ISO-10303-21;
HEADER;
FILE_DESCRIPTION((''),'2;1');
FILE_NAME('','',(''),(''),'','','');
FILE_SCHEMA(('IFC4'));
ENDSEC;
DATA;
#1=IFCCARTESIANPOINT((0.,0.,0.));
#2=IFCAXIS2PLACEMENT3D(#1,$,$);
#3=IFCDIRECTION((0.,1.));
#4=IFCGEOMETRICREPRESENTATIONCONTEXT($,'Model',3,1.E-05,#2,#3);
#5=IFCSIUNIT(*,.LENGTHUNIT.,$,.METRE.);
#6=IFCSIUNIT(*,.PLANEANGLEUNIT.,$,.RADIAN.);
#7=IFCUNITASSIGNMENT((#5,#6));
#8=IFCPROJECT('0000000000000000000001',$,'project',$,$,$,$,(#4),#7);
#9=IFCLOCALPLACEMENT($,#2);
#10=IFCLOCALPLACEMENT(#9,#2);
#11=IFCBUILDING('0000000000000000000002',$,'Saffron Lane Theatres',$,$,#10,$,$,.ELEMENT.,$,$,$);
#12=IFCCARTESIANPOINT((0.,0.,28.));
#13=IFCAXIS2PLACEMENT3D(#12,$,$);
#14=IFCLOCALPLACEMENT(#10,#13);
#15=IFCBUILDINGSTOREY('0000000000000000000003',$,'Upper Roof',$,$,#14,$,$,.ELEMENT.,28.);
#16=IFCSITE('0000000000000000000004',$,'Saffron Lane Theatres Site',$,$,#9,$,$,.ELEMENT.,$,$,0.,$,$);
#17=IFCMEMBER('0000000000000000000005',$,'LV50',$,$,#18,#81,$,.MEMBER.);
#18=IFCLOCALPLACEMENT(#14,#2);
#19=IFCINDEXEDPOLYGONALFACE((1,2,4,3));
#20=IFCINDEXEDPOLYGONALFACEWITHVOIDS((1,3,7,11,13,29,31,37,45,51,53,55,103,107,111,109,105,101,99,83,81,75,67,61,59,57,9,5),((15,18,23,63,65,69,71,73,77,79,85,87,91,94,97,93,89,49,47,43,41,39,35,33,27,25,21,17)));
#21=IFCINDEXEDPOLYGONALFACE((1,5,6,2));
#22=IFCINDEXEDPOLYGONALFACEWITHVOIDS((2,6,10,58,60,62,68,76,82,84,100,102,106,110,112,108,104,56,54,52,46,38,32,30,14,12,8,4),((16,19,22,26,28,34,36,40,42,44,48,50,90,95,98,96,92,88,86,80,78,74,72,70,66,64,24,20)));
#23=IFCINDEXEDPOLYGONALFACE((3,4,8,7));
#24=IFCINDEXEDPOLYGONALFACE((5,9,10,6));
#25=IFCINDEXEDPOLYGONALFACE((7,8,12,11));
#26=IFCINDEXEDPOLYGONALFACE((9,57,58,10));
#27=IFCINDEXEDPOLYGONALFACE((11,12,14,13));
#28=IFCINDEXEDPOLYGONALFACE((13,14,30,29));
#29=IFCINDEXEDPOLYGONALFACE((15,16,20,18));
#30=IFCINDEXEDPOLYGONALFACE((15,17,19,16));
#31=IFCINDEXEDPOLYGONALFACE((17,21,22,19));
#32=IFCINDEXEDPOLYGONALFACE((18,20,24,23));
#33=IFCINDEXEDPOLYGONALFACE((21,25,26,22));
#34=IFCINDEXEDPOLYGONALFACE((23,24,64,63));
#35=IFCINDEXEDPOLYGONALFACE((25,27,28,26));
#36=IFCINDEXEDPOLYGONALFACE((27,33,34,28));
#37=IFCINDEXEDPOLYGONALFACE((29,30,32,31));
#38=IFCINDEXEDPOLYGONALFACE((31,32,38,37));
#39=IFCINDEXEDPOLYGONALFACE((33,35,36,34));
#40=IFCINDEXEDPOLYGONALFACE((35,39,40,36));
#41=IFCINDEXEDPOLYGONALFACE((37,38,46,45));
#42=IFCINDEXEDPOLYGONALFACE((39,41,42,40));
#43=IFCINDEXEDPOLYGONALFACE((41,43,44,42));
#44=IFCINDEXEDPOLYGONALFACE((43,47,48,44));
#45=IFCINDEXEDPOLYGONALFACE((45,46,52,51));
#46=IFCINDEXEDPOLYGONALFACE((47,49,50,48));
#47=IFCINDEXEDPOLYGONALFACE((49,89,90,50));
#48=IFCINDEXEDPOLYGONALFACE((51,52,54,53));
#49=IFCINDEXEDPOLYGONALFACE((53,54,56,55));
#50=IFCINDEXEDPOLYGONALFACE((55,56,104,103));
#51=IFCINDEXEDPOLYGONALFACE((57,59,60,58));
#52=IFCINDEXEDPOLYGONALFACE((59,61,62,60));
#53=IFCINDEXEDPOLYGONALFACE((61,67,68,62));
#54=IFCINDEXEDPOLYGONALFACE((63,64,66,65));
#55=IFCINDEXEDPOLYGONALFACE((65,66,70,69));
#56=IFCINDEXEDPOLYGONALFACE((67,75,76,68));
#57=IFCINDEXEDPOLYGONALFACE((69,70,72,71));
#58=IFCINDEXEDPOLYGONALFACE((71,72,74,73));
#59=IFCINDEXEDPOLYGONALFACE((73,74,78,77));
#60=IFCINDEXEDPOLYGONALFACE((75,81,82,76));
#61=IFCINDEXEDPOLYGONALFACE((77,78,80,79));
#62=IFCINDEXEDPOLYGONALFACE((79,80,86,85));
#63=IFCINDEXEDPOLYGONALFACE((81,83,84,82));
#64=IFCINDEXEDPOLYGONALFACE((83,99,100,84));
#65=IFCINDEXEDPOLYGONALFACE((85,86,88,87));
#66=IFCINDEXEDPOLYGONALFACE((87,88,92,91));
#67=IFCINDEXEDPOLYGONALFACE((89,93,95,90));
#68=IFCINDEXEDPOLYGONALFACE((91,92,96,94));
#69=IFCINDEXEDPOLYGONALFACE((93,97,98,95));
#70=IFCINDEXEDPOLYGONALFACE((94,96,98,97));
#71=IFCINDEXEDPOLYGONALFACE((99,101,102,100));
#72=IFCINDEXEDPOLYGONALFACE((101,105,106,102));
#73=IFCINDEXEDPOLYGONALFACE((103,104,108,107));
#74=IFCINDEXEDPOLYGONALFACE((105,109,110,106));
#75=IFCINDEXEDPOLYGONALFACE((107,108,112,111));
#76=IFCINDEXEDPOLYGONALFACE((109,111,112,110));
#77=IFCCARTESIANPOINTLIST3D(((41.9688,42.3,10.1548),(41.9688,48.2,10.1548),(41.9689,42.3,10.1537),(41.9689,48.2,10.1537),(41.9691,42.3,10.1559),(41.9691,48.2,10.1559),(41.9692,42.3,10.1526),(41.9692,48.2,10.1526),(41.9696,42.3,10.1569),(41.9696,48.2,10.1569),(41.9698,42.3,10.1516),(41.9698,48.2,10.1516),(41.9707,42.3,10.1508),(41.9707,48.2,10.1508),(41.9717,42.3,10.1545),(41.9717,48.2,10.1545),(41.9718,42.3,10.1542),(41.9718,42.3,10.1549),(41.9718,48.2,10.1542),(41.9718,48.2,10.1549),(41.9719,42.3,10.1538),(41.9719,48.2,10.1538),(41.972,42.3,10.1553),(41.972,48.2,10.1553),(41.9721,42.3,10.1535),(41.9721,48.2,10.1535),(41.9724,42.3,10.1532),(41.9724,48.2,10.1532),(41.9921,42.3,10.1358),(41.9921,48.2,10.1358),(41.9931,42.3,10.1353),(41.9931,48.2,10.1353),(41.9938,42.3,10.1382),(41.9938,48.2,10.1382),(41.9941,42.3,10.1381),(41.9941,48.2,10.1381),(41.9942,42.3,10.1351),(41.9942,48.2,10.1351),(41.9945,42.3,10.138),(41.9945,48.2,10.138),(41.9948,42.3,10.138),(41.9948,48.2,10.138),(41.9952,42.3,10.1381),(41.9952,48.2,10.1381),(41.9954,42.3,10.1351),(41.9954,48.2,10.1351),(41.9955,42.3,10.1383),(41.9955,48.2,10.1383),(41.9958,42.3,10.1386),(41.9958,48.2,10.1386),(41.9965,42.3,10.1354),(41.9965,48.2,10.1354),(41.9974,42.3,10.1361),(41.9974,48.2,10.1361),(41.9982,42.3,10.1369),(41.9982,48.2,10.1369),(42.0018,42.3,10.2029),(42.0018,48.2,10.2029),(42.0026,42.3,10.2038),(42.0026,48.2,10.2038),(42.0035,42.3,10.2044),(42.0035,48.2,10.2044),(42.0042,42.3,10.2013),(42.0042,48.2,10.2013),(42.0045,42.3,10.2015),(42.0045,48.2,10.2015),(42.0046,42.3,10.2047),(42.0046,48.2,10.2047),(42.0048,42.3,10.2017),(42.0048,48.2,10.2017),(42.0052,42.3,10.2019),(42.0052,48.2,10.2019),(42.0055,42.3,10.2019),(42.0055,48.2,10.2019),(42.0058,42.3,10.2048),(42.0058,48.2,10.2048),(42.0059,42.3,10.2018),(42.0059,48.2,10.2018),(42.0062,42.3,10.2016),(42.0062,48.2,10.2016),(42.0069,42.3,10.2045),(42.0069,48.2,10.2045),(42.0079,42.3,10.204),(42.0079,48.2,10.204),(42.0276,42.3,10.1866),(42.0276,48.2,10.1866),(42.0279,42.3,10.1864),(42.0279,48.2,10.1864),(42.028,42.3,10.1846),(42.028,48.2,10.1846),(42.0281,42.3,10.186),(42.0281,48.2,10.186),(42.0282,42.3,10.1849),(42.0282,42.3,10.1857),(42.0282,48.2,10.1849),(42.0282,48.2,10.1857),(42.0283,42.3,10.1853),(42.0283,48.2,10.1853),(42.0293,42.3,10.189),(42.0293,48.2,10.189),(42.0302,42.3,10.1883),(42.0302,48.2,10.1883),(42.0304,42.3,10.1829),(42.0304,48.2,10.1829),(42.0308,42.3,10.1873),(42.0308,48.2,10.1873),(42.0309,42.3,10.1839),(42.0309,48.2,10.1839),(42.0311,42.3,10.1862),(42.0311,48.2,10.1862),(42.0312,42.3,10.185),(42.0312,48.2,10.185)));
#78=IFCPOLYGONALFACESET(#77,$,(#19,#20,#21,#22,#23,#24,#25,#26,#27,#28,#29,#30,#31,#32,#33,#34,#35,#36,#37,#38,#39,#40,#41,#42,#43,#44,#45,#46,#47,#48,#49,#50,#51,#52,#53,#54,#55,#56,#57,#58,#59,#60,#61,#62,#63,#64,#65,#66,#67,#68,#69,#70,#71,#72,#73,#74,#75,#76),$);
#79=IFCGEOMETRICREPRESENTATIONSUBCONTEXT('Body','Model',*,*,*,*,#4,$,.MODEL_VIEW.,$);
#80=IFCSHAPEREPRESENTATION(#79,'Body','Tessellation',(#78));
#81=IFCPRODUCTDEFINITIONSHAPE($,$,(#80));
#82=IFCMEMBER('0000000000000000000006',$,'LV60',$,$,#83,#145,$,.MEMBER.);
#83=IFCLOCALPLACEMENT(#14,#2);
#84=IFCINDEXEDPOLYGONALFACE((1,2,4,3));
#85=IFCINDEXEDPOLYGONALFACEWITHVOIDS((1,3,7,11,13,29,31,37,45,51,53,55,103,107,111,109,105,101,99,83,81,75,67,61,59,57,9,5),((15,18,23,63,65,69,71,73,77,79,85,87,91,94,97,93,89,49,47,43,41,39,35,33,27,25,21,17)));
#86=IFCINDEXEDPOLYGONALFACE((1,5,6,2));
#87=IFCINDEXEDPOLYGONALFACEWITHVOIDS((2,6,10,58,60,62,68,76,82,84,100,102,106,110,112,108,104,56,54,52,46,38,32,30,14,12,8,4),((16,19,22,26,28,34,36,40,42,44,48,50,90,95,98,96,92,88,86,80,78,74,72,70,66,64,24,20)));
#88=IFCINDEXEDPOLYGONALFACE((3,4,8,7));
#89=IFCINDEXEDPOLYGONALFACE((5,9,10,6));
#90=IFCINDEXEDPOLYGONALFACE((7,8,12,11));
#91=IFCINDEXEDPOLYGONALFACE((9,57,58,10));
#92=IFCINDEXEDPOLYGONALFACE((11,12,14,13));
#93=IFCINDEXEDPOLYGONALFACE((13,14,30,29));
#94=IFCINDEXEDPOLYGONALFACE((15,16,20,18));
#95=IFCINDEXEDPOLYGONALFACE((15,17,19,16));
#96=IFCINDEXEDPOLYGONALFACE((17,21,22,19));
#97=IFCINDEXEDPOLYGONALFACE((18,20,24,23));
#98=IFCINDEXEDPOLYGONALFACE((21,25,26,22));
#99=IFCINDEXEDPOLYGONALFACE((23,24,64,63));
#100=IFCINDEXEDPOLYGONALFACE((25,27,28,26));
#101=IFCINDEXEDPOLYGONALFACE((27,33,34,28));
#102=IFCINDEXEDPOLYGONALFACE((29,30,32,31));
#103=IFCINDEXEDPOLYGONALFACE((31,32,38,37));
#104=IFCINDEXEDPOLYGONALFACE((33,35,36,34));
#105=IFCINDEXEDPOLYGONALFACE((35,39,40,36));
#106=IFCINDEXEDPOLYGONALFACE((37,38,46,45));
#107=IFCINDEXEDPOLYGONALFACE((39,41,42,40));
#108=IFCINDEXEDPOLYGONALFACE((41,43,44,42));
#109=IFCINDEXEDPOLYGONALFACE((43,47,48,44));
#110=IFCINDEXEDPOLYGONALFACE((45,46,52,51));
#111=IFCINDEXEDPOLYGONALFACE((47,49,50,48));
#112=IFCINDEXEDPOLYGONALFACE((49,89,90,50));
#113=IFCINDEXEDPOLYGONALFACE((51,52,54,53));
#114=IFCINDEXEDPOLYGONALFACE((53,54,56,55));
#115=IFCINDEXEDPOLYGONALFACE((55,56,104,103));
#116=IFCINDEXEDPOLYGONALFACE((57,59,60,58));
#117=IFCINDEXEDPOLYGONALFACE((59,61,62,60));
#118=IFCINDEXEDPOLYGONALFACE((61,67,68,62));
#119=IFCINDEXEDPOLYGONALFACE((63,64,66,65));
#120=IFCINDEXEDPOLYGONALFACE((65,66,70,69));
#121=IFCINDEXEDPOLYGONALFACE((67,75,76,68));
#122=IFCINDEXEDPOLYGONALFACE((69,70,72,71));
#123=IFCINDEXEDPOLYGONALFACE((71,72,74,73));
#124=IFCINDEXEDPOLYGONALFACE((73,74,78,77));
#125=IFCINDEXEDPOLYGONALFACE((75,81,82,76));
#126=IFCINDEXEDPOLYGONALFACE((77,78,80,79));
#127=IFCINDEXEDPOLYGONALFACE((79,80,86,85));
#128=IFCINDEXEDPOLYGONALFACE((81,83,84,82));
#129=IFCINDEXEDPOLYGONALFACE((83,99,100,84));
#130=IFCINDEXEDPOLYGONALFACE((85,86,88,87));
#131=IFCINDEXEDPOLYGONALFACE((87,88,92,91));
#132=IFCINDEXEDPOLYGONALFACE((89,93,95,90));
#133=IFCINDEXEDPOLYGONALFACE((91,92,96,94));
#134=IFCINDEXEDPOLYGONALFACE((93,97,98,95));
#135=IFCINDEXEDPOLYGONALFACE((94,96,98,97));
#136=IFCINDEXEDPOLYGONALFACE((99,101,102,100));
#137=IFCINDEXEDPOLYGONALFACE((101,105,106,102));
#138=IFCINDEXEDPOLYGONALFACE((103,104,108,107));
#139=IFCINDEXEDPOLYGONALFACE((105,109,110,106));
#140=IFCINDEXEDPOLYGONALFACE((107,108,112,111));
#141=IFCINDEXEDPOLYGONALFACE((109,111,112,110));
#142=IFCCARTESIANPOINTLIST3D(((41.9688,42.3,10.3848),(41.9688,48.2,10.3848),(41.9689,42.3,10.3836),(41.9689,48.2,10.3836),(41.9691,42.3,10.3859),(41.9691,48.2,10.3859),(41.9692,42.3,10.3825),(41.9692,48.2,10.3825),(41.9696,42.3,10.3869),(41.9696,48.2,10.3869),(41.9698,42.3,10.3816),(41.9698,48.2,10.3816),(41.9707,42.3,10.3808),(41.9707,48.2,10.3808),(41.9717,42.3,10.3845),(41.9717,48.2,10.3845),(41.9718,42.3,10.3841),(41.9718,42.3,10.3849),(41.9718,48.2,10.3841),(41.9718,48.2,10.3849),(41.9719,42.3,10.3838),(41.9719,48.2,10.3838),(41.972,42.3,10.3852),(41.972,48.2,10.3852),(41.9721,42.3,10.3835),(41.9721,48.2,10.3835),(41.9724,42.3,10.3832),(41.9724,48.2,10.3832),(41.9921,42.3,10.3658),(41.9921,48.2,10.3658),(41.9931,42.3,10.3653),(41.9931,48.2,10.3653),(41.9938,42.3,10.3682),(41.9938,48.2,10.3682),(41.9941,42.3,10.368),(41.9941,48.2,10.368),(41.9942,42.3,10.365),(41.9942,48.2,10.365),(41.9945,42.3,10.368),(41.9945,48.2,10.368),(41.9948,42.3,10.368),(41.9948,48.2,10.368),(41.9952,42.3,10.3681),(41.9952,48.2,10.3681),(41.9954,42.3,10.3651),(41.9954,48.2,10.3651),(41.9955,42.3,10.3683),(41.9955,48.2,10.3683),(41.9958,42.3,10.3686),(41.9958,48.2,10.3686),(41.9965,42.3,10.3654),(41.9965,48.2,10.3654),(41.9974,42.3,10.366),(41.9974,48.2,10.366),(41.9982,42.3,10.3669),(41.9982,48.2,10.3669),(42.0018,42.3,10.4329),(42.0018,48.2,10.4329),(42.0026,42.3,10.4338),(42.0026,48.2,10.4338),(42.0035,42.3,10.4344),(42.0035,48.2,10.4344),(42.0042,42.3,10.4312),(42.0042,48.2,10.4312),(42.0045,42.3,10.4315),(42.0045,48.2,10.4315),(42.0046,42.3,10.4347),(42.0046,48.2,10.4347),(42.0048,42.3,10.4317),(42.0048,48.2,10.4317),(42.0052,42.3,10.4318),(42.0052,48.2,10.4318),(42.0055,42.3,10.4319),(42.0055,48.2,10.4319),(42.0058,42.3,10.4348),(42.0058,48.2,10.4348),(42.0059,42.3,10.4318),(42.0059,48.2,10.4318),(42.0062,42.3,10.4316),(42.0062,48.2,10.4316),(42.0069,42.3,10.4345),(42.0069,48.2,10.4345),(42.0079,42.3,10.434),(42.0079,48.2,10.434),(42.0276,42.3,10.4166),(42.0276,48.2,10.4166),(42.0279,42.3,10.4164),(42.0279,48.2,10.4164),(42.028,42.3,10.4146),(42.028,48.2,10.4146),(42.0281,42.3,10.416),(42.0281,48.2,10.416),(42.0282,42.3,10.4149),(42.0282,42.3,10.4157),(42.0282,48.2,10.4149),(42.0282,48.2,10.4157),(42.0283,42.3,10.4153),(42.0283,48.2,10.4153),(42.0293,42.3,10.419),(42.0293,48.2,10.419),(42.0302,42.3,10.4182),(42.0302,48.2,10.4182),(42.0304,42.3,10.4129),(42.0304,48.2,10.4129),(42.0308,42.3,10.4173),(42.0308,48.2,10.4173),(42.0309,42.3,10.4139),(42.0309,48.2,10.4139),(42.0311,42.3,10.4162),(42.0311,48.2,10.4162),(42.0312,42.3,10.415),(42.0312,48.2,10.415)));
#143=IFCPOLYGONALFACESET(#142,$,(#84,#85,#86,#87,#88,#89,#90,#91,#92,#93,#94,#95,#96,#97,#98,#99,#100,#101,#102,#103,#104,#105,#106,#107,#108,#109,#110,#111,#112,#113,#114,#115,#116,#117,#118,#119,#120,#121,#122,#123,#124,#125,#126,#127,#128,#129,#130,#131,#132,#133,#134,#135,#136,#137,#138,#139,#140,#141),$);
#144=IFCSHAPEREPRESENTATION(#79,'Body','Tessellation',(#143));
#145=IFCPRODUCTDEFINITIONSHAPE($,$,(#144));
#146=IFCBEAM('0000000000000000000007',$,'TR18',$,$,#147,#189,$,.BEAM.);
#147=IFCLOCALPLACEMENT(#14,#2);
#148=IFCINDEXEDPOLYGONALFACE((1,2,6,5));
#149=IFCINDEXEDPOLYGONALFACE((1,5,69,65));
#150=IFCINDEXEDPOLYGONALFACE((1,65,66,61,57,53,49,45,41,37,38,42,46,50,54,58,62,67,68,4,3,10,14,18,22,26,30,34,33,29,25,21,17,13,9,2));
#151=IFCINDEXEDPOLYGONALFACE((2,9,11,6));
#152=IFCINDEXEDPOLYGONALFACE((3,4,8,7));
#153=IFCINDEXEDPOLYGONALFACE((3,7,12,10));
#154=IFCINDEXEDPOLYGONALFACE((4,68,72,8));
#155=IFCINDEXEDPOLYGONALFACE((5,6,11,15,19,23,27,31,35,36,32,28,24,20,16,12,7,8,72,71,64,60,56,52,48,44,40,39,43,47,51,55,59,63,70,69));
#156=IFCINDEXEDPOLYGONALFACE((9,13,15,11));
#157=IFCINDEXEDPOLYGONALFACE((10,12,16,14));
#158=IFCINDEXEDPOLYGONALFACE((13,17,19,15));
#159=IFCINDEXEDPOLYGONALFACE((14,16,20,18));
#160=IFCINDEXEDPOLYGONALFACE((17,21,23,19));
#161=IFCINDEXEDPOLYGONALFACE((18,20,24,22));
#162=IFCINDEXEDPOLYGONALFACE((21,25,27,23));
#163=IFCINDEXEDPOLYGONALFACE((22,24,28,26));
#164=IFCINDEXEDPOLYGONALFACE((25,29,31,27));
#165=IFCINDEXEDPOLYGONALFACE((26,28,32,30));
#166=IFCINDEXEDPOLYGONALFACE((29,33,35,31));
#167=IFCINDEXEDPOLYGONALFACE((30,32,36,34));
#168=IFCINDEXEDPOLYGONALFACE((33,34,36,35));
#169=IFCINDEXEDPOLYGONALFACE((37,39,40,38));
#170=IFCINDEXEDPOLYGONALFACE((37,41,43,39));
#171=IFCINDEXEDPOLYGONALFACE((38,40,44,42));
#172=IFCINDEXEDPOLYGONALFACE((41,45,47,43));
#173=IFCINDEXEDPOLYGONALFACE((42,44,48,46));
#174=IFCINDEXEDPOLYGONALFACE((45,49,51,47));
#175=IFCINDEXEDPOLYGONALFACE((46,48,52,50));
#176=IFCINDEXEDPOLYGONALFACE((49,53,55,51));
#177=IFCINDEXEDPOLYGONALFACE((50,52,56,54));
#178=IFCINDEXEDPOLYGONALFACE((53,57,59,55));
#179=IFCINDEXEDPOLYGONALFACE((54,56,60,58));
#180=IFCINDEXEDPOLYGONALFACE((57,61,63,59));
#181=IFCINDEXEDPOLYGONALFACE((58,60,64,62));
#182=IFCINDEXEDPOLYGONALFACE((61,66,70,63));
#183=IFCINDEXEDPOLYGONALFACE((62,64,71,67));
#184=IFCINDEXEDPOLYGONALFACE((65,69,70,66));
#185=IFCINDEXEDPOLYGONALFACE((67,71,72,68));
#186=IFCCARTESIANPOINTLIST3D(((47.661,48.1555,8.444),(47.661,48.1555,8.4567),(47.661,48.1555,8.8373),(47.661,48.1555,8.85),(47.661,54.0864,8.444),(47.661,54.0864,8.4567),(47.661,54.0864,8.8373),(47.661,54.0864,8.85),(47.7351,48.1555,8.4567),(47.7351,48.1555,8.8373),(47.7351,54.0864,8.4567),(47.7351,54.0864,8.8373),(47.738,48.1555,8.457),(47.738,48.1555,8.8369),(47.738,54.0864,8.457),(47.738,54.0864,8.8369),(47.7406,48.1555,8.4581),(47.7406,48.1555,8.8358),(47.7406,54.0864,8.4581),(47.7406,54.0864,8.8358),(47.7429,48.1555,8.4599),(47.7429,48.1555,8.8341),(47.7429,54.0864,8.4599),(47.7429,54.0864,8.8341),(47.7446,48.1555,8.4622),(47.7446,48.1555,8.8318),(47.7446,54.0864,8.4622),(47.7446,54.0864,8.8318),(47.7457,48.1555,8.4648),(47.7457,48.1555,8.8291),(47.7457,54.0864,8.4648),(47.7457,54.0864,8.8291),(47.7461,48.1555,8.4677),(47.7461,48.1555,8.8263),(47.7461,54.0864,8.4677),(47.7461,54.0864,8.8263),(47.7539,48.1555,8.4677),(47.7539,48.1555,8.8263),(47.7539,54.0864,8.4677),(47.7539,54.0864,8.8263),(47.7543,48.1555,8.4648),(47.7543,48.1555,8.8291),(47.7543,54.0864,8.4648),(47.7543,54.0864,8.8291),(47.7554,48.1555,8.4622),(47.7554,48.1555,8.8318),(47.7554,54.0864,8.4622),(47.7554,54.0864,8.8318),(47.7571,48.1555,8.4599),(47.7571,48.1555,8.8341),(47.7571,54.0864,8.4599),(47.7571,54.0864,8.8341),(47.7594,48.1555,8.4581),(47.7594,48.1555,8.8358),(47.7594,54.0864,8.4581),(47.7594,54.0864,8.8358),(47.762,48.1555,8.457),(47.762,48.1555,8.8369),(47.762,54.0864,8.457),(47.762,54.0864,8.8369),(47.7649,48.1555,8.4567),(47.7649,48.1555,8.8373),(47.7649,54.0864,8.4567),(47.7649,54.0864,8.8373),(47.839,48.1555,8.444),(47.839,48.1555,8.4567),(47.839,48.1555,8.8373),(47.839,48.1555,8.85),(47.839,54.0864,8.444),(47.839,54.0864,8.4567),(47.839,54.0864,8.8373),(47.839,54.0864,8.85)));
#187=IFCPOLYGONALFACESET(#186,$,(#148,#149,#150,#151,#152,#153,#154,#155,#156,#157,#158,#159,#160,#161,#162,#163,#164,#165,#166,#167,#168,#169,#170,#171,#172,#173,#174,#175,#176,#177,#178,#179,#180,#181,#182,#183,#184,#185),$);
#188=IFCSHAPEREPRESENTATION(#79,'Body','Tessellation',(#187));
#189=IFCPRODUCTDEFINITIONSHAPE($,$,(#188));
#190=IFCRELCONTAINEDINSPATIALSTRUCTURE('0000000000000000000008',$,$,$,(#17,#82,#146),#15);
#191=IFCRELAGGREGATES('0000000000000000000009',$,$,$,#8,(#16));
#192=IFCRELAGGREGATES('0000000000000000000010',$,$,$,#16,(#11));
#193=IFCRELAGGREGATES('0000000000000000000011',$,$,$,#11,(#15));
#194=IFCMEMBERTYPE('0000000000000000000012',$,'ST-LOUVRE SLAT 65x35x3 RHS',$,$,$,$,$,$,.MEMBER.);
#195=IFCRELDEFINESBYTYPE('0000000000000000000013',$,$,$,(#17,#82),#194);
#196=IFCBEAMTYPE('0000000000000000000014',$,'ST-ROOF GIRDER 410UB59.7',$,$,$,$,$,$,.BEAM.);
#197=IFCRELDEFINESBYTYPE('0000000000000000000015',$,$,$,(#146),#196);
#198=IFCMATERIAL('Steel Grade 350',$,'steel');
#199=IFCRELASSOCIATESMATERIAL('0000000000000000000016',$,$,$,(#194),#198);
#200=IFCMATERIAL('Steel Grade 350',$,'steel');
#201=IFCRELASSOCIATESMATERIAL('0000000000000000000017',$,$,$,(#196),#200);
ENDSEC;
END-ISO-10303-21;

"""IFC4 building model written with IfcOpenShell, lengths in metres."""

from ifc_helpers import new_model, si_unit, direction, frame, origin, origin_2d, place, context, subcontext, project, spatial, hollow_rectangle, i_section, extrude, material, material_profile, profile_set, type_object, element, save


model = new_model("IFC4")

# Units and contexts
model_context = context("Model", 3, precision=1e-05, world=origin(), true_north=direction((0.0, 1.0)))
body_context = subcontext(model_context, "Body", "Model", "MODEL_VIEW")
ifc_project = project(units=[si_unit("LENGTHUNIT", "METRE"), si_unit("PLANEANGLEUNIT", "RADIAN")], contexts=[model_context])

# Site, building, storey
site_placement = place(None, origin())
site = spatial("IfcSite", under=ifc_project, at=site_placement, Name="Saffron Lane Theatres Site", CompositionType="ELEMENT", RefElevation=0.0)
building_placement = place(site_placement, origin())
building = spatial("IfcBuilding", under=site, at=building_placement, Name="Saffron Lane Theatres", CompositionType="ELEMENT")
storey_placement = place(building_placement, frame((0.0, 0.0, 28.0)))
storey = spatial("IfcBuildingStorey", under=building, at=storey_placement, Name="Upper Roof", CompositionType="ELEMENT", Elevation=28.0)

# Members
ifc_material_1 = material(Name="Steel Grade 350", Category="steel")
ifc_material_profile_1 = material_profile(ifc_material_1, hollow_rectangle(XDim=0.0349, YDim=0.0649, WallThickness=0.0029, InnerFilletRadius=0.0015, OuterFilletRadius=0.0044, at=origin_2d()))
ifc_profile_set_1 = profile_set([ifc_material_profile_1], Name="Steel Grade 350")
member_type_1 = type_object("IfcMemberType", Name="ST-LOUVRE SLAT 65x35x3 RHS", PredefinedType="MEMBER", material=ifc_profile_set_1)
for number, where, z_axis, x_axis, name in (
    (1, (42.0, 42.3, 10.1699), (0.0, 1.0, 0.0), (-0.819152, 0.0, 0.573576), "LV50"),
    (2, (42.0, 42.3, 10.3999), (0.0, 1.0, 0.0), (-0.819152, 0.0, 0.573576), "LV60"),
):
    element("IfcMember", number, at=place(storey_placement, frame(where, z_axis=z_axis, x_axis=x_axis)), inside=storey, type_object=member_type_1, Name=name, PredefinedType="MEMBER", context=body_context, shape_type="SweptSolid", body=[
        extrude(hollow_rectangle(XDim=0.0349, YDim=0.0649, WallThickness=0.0029, InnerFilletRadius=0.0015, OuterFilletRadius=0.0044, at=origin_2d()), origin(), (0.0, 0.0, 1.0), 5.8999),
    ])

# Beam
ifc_material_2 = material(Name="Steel Grade 350", Category="steel")
ifc_material_profile_2 = material_profile(ifc_material_2, i_section(OverallWidth=0.178, OverallDepth=0.406, WebThickness=0.0078, FlangeThickness=0.0127, FilletRadius=0.011, at=origin_2d()))
ifc_profile_set_2 = profile_set([ifc_material_profile_2], Name="Steel Grade 350")
beam_type_1 = type_object("IfcBeamType", Name="ST-ROOF GIRDER 410UB59.7", PredefinedType="BEAM", material=ifc_profile_set_2)
beam_1_placement = place(storey_placement, frame((47.75, 48.1555, 8.647), z_axis=(0.0, 1.0, 0.0), x_axis=(-1.0, 0.0, 0.0)))
element("IfcBeam", 3, at=beam_1_placement, inside=storey, type_object=beam_type_1, Name="TR18", PredefinedType="BEAM", context=body_context, shape_type="SweptSolid", body=[
    extrude(i_section(OverallWidth=0.178, OverallDepth=0.406, WebThickness=0.0078, FlangeThickness=0.0127, FilletRadius=0.011, at=origin_2d()), origin(), (0.0, 0.0, 1.0), 5.9309),
])

save(model, "model.ifc")
